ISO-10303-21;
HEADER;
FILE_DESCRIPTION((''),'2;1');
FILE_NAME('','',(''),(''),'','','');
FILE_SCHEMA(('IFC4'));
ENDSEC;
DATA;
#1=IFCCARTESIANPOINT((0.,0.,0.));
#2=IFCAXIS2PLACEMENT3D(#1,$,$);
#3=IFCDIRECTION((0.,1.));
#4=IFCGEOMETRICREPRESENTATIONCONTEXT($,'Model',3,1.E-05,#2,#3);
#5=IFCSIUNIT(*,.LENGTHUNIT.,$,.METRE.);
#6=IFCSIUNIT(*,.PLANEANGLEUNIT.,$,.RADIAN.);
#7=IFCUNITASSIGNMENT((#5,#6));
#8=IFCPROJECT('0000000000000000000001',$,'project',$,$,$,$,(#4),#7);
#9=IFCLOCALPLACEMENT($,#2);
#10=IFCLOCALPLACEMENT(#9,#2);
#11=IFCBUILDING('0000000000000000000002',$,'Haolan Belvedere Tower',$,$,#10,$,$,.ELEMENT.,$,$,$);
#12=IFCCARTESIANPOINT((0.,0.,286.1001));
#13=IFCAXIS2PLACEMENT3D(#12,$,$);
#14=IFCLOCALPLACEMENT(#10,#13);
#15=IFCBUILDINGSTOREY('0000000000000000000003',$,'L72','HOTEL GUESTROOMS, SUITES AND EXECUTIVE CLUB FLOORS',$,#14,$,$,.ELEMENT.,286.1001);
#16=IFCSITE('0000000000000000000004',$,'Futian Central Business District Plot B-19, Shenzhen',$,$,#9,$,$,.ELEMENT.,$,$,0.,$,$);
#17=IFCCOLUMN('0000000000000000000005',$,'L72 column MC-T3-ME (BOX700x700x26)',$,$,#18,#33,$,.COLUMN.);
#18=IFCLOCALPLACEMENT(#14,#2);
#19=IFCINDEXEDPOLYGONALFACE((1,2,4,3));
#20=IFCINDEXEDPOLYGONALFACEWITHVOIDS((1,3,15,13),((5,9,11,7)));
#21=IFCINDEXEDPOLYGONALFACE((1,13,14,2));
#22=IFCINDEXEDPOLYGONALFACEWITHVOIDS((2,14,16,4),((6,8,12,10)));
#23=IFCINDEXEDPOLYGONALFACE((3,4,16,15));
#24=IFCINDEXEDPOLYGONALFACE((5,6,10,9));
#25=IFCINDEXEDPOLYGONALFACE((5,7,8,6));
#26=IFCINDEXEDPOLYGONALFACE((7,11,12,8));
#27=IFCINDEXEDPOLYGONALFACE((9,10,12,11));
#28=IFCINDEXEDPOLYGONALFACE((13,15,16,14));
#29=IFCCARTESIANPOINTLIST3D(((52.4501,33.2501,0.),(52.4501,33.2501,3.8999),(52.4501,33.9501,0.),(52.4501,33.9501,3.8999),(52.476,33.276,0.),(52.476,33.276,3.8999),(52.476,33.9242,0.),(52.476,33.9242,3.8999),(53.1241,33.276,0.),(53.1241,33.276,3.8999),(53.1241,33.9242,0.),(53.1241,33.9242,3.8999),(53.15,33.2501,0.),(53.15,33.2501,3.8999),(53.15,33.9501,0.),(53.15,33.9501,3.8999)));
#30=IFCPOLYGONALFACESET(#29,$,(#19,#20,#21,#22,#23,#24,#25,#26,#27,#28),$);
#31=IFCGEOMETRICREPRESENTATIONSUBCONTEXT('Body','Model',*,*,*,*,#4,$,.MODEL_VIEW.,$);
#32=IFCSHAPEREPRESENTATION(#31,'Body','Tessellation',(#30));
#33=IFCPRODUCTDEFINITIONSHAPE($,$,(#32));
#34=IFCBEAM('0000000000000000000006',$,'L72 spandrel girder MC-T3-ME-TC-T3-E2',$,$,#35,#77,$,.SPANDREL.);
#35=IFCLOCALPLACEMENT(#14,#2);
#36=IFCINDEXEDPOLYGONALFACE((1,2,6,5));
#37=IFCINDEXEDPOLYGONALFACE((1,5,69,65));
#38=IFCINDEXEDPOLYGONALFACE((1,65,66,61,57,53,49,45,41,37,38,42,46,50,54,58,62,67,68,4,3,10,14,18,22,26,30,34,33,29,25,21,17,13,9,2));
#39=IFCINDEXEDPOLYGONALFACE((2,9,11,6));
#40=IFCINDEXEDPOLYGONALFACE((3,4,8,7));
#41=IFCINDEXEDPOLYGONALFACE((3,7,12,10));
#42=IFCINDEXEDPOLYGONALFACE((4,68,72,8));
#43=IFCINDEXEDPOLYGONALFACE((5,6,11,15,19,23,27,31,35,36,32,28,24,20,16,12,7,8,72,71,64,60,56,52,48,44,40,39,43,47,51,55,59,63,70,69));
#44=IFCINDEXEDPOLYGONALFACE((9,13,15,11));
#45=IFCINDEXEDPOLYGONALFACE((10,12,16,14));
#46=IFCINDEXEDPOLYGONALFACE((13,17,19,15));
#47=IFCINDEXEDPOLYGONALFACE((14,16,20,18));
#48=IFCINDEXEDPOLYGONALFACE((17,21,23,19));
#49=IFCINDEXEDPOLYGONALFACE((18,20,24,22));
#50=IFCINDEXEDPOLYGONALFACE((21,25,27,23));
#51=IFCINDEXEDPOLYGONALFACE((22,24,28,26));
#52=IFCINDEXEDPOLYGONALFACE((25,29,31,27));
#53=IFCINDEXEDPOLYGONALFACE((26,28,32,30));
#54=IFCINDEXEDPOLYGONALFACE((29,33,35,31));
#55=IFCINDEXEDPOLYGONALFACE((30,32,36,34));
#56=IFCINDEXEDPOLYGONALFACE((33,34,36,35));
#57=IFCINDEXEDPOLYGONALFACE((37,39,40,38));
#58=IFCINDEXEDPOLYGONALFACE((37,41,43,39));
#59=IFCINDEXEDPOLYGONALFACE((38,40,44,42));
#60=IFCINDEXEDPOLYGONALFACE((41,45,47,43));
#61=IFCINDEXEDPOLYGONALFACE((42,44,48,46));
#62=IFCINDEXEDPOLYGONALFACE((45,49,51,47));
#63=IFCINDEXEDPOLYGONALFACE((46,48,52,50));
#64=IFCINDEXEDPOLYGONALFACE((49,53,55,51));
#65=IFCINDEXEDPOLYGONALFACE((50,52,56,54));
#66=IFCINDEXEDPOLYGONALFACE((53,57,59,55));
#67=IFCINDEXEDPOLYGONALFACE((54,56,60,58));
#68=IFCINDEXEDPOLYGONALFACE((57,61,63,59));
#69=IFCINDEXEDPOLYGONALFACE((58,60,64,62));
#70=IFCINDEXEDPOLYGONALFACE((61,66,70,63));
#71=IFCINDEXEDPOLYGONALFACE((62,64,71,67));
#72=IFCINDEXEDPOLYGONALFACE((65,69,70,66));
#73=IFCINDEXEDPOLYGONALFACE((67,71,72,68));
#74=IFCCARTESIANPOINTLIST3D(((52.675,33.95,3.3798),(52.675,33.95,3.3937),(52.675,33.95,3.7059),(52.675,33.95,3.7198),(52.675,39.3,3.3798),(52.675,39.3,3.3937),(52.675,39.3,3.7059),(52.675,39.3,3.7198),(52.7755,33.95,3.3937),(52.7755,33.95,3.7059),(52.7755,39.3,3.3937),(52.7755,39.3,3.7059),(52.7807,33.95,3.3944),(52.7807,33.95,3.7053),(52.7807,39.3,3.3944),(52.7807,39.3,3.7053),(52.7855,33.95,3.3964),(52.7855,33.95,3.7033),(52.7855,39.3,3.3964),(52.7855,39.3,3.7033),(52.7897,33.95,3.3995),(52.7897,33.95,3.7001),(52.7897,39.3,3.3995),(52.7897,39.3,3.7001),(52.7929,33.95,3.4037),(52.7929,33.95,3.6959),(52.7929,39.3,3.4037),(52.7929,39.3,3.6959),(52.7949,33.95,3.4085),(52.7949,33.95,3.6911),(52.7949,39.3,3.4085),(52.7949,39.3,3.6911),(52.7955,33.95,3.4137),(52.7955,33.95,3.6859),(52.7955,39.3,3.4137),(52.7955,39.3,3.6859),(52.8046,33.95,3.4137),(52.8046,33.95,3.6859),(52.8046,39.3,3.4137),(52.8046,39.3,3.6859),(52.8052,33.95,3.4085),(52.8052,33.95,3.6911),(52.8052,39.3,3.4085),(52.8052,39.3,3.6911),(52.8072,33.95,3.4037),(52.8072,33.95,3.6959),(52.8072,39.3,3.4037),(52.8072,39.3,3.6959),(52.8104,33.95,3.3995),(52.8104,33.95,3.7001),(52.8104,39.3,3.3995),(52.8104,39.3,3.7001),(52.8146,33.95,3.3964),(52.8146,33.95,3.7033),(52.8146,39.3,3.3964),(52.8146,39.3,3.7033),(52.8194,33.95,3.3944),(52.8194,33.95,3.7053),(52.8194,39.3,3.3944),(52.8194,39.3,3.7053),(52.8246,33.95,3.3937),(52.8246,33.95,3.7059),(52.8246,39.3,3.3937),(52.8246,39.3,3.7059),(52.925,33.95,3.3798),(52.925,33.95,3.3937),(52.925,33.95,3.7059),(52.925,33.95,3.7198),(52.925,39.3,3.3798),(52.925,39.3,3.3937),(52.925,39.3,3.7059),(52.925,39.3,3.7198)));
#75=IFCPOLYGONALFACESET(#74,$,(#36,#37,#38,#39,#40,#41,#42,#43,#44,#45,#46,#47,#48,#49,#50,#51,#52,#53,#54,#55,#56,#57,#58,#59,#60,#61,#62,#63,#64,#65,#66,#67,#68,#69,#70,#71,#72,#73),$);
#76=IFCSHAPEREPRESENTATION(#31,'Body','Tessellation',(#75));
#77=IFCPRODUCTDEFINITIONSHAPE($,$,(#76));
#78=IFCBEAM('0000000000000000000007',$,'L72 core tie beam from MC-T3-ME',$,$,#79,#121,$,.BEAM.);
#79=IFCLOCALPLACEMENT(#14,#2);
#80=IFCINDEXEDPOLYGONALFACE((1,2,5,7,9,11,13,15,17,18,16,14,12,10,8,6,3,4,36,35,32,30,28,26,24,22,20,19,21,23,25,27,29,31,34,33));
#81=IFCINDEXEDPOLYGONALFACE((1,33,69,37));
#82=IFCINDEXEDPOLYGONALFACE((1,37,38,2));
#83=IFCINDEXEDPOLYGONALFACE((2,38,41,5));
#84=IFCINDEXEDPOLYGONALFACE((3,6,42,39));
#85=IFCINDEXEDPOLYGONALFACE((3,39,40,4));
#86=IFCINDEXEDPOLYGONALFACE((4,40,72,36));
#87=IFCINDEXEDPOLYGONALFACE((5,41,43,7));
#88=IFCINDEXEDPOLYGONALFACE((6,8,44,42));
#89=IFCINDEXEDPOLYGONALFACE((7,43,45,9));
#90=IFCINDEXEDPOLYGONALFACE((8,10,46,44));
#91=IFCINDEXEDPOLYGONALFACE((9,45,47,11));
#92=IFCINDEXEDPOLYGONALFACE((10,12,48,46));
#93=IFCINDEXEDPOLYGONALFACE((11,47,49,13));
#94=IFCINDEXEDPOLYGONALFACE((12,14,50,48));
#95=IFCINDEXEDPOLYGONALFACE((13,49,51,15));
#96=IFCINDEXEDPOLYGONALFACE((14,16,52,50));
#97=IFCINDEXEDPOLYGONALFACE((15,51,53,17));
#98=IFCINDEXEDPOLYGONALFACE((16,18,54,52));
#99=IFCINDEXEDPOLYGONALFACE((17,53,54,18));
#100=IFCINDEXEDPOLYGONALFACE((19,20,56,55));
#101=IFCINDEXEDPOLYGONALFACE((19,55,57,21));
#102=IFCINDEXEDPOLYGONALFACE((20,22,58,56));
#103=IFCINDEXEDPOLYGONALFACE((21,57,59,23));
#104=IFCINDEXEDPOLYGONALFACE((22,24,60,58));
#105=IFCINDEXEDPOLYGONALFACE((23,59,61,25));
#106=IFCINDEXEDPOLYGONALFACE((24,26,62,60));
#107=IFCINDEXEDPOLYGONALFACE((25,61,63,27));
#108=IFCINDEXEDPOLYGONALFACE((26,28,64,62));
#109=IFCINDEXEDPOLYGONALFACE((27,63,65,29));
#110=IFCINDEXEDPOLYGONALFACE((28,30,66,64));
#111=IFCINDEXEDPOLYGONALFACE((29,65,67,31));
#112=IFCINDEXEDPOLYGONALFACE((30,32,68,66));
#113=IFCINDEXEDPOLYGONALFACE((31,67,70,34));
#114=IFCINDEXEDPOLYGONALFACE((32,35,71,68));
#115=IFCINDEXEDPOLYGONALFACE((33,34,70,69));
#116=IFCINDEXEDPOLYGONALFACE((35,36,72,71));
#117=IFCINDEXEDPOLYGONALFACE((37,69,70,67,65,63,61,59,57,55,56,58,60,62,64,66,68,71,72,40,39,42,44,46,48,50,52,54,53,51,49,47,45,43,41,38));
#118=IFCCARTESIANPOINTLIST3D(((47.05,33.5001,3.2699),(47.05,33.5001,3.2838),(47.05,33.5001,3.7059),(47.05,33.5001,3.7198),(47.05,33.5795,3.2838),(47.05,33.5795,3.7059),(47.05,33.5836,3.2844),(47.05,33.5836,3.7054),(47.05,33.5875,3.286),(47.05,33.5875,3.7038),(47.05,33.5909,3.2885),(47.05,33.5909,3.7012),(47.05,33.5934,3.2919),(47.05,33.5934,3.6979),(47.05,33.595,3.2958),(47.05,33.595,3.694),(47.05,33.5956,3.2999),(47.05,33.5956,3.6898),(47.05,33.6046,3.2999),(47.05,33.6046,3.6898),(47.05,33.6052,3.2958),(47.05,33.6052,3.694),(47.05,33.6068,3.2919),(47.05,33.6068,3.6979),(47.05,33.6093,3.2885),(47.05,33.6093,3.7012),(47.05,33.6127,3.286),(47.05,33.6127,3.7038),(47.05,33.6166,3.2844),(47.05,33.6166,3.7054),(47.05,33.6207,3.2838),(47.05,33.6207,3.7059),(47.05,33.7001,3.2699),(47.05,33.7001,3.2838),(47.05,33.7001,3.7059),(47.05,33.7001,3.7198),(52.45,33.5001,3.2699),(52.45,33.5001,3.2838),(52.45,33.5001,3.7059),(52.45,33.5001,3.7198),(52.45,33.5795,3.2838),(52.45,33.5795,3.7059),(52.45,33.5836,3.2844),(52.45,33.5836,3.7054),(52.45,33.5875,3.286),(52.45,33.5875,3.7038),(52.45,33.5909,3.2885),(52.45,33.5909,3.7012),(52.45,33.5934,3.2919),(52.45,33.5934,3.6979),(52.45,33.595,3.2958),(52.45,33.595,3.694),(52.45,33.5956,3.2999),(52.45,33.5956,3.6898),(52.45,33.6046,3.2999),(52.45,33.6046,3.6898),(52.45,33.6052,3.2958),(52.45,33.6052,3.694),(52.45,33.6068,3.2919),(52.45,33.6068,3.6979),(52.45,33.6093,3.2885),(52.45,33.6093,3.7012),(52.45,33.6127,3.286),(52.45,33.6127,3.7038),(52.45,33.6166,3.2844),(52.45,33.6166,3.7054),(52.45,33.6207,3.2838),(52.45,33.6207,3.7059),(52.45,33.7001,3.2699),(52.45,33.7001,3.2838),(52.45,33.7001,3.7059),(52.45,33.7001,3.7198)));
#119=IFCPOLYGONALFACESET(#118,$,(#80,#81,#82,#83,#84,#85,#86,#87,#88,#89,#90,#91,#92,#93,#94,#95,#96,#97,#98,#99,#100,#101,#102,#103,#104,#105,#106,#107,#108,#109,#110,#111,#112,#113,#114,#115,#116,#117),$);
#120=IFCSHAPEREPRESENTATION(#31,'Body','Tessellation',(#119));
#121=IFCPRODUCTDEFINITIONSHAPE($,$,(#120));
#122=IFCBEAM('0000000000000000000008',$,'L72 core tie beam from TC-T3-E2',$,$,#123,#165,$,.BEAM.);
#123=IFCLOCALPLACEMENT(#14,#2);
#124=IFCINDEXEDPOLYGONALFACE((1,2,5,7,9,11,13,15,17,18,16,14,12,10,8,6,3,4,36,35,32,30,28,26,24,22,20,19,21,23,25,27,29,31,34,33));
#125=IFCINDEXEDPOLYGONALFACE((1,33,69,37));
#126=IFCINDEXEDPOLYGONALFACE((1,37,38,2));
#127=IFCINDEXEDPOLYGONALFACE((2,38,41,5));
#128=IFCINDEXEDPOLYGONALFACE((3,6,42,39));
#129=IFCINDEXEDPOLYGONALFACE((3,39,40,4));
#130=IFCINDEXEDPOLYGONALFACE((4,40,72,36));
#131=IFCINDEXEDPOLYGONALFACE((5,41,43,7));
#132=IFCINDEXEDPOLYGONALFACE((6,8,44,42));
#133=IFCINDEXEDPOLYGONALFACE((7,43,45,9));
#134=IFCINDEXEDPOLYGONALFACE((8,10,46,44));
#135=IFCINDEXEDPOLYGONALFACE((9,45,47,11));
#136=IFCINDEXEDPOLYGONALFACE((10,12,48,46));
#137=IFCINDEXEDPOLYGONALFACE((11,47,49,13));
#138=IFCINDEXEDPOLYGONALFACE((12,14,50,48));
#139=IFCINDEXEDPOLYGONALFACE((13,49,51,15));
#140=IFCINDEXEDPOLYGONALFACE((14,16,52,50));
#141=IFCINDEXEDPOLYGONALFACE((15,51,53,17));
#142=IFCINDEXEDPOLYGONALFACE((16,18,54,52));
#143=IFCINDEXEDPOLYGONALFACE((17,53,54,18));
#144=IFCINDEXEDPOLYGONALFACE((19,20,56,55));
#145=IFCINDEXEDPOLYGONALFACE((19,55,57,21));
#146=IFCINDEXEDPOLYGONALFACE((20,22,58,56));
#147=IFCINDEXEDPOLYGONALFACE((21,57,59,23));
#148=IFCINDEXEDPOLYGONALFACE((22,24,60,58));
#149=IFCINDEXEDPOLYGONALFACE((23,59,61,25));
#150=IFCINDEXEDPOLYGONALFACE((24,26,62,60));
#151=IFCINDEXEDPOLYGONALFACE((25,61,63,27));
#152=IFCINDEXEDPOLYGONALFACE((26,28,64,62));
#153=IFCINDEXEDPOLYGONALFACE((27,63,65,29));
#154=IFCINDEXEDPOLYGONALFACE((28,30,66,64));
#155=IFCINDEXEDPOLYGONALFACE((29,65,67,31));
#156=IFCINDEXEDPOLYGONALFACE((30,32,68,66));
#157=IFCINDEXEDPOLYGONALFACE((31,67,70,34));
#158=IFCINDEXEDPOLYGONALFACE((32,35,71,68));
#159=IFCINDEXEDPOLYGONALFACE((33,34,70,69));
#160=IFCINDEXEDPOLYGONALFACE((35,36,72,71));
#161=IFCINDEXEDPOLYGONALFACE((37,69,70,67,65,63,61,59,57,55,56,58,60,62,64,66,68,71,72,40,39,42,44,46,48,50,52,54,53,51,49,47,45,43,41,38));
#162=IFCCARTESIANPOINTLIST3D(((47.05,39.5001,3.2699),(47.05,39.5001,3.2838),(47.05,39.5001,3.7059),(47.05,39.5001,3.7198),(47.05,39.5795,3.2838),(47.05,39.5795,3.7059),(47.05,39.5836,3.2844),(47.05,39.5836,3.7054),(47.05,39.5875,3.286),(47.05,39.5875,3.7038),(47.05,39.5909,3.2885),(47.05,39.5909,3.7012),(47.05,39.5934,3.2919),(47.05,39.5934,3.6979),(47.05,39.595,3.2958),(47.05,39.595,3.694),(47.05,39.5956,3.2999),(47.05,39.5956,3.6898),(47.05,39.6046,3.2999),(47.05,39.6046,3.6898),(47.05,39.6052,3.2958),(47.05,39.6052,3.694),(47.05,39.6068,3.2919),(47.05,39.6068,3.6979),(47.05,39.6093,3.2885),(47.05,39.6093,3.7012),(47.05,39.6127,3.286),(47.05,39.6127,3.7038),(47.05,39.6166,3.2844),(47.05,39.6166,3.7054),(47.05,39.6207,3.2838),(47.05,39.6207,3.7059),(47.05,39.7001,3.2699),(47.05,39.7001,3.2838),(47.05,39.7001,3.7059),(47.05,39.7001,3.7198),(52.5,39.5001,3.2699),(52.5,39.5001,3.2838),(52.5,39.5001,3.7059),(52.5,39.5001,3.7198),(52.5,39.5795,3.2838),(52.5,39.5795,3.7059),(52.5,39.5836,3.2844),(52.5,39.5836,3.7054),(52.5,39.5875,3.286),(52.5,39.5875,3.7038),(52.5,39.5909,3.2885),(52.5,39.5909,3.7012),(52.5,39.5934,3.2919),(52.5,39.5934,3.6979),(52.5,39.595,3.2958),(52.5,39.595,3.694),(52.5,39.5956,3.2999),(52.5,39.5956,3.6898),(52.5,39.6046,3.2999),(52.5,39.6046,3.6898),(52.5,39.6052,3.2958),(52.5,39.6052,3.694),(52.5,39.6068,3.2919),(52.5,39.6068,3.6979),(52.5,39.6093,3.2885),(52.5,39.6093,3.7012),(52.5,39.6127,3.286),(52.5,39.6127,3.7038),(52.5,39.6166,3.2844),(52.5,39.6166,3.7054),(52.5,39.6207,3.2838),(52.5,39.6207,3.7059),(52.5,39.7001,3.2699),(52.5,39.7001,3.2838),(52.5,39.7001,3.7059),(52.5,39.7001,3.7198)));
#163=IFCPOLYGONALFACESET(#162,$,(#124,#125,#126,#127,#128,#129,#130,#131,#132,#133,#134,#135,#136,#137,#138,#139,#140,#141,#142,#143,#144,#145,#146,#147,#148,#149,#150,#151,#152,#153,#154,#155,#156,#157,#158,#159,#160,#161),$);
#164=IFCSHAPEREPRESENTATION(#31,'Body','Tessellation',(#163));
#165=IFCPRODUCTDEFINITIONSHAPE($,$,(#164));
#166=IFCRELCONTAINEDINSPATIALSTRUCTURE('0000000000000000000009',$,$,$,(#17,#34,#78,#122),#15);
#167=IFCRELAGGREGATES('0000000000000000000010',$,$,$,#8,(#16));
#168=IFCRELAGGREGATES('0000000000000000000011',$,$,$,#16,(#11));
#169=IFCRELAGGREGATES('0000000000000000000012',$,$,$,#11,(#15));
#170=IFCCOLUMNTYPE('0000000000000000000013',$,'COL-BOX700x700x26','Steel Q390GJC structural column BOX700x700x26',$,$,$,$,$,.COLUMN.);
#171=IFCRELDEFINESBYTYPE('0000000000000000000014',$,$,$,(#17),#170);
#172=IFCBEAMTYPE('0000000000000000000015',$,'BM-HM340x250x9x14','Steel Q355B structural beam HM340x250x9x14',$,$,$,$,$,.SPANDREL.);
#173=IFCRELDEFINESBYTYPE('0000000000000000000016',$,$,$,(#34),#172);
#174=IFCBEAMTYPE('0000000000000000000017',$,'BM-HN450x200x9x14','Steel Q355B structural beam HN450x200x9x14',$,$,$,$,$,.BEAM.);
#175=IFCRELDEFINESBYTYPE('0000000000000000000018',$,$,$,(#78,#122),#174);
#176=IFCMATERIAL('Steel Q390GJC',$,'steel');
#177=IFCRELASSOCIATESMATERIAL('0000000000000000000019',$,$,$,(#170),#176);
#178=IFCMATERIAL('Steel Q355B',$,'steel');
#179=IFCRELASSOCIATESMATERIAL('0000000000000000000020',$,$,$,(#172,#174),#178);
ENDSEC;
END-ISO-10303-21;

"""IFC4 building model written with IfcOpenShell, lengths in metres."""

from ifc_helpers import new_model, si_unit, direction, frame, origin, origin_2d, place, context, subcontext, project, spatial, hollow_rectangle, i_section, extrude, material, material_profile, profile_set, type_object, element, save


model = new_model("IFC4")

# Units and contexts
model_context = context("Model", 3, precision=1e-05, world=origin(), true_north=direction((0.0, 1.0)))
body_context = subcontext(model_context, "Body", "Model", "MODEL_VIEW")
ifc_project = project(units=[si_unit("LENGTHUNIT", "METRE"), si_unit("PLANEANGLEUNIT", "RADIAN")], contexts=[model_context])

# Site, building, storey
site_placement = place(None, origin())
site = spatial("IfcSite", under=ifc_project, at=site_placement, Name="Futian Central Business District Plot B-19, Shenzhen", CompositionType="ELEMENT", RefElevation=0.0)
building_placement = place(site_placement, origin())
building = spatial("IfcBuilding", under=site, at=building_placement, Name="Haolan Belvedere Tower", CompositionType="ELEMENT")
storey_placement = place(building_placement, frame((0.0, 0.0, 286.1001)))
storey = spatial("IfcBuildingStorey", under=building, at=storey_placement, Name="L72", Description="HOTEL GUESTROOMS, SUITES AND EXECUTIVE CLUB FLOORS", CompositionType="ELEMENT", Elevation=286.1001)

# Column
ifc_material_1 = material(Name="Steel Q390GJC", Category="steel")
ifc_material_profile_1 = material_profile(ifc_material_1, hollow_rectangle(XDim=0.7, YDim=0.7, WallThickness=0.0259, at=origin_2d()), Name="Steel Q390GJC")
ifc_profile_set_1 = profile_set([ifc_material_profile_1], Name="Steel Q390GJC")
column_type = type_object("IfcColumnType", Name="COL-BOX700x700x26", Description="Steel Q390GJC structural column BOX700x700x26", PredefinedType="COLUMN", material=ifc_profile_set_1)
column_placement = place(storey_placement, frame((52.8, 33.6001, 0.0), z_axis=(0.0, 0.0, 1.0), x_axis=(1.0, 0.0, 0.0)))
element("IfcColumn", 1, at=column_placement, inside=storey, type_object=column_type, Name="L72 column MC-T3-ME (BOX700x700x26)", PredefinedType="COLUMN", context=body_context, shape_type="SweptSolid", body=[
    extrude(hollow_rectangle(XDim=0.7, YDim=0.7, WallThickness=0.0259, at=origin_2d()), origin(), (0.0, 0.0, 1.0), 3.8999),
])

# Beams
ifc_material_2 = material(Name="Steel Q355B", Category="steel")
ifc_material_profile_2 = material_profile(ifc_material_2, i_section(OverallWidth=0.25, OverallDepth=0.3401, WebThickness=0.009, FlangeThickness=0.0139, FilletRadius=0.02, at=origin_2d()), Name="Steel Q355B")
ifc_profile_set_2 = profile_set([ifc_material_profile_2], Name="Steel Q355B")
beam_type_1 = type_object("IfcBeamType", Name="BM-HM340x250x9x14", Description="Steel Q355B structural beam HM340x250x9x14", PredefinedType="SPANDREL", material=ifc_profile_set_2)
beam_1_placement = place(storey_placement, frame((52.8, 33.95, 3.5498), z_axis=(0.0, 1.0, 0.0), x_axis=(-1.0, 0.0, 0.0)))
element("IfcBeam", 2, at=beam_1_placement, inside=storey, type_object=beam_type_1, Name="L72 spandrel girder MC-T3-ME-TC-T3-E2", PredefinedType="SPANDREL", context=body_context, shape_type="SweptSolid", body=[
    extrude(i_section(OverallWidth=0.25, OverallDepth=0.3401, WebThickness=0.009, FlangeThickness=0.0139, FilletRadius=0.02, at=origin_2d()), origin(), (0.0, 0.0, 1.0), 5.3501),
])
ifc_material_profile_3 = material_profile(ifc_material_2, i_section(OverallWidth=0.2, OverallDepth=0.45, WebThickness=0.009, FlangeThickness=0.0139, FilletRadius=0.0161, at=origin_2d()), Name="Steel Q355B")
ifc_profile_set_3 = profile_set([ifc_material_profile_3], Name="Steel Q355B")
beam_type_2 = type_object("IfcBeamType", Name="BM-HN450x200x9x14", Description="Steel Q355B structural beam HN450x200x9x14", PredefinedType="BEAM", material=ifc_profile_set_3)
beam_2_placement = place(storey_placement, frame((52.45, 33.6001, 3.4949), z_axis=(-1.0, 0.0, 0.0), x_axis=(0.0, -1.0, 0.0)))
element("IfcBeam", 3, at=beam_2_placement, inside=storey, type_object=beam_type_2, Name="L72 core tie beam from MC-T3-ME", PredefinedType="BEAM", context=body_context, shape_type="SweptSolid", body=[
    extrude(i_section(OverallWidth=0.2, OverallDepth=0.45, WebThickness=0.009, FlangeThickness=0.0139, FilletRadius=0.0161, at=origin_2d()), origin(), (0.0, 0.0, 1.0), 5.3999),
])
beam_3_placement = place(storey_placement, frame((52.5, 39.6001, 3.4949), z_axis=(-1.0, 0.0, 0.0), x_axis=(0.0, -1.0, 0.0)))
element("IfcBeam", 4, at=beam_3_placement, inside=storey, type_object=beam_type_2, Name="L72 core tie beam from TC-T3-E2", PredefinedType="BEAM", context=body_context, shape_type="SweptSolid", body=[
    extrude(i_section(OverallWidth=0.2, OverallDepth=0.45, WebThickness=0.009, FlangeThickness=0.0139, FilletRadius=0.0161, at=origin_2d()), origin(), (0.0, 0.0, 1.0), 5.45),
])

save(model, "model.ifc")
